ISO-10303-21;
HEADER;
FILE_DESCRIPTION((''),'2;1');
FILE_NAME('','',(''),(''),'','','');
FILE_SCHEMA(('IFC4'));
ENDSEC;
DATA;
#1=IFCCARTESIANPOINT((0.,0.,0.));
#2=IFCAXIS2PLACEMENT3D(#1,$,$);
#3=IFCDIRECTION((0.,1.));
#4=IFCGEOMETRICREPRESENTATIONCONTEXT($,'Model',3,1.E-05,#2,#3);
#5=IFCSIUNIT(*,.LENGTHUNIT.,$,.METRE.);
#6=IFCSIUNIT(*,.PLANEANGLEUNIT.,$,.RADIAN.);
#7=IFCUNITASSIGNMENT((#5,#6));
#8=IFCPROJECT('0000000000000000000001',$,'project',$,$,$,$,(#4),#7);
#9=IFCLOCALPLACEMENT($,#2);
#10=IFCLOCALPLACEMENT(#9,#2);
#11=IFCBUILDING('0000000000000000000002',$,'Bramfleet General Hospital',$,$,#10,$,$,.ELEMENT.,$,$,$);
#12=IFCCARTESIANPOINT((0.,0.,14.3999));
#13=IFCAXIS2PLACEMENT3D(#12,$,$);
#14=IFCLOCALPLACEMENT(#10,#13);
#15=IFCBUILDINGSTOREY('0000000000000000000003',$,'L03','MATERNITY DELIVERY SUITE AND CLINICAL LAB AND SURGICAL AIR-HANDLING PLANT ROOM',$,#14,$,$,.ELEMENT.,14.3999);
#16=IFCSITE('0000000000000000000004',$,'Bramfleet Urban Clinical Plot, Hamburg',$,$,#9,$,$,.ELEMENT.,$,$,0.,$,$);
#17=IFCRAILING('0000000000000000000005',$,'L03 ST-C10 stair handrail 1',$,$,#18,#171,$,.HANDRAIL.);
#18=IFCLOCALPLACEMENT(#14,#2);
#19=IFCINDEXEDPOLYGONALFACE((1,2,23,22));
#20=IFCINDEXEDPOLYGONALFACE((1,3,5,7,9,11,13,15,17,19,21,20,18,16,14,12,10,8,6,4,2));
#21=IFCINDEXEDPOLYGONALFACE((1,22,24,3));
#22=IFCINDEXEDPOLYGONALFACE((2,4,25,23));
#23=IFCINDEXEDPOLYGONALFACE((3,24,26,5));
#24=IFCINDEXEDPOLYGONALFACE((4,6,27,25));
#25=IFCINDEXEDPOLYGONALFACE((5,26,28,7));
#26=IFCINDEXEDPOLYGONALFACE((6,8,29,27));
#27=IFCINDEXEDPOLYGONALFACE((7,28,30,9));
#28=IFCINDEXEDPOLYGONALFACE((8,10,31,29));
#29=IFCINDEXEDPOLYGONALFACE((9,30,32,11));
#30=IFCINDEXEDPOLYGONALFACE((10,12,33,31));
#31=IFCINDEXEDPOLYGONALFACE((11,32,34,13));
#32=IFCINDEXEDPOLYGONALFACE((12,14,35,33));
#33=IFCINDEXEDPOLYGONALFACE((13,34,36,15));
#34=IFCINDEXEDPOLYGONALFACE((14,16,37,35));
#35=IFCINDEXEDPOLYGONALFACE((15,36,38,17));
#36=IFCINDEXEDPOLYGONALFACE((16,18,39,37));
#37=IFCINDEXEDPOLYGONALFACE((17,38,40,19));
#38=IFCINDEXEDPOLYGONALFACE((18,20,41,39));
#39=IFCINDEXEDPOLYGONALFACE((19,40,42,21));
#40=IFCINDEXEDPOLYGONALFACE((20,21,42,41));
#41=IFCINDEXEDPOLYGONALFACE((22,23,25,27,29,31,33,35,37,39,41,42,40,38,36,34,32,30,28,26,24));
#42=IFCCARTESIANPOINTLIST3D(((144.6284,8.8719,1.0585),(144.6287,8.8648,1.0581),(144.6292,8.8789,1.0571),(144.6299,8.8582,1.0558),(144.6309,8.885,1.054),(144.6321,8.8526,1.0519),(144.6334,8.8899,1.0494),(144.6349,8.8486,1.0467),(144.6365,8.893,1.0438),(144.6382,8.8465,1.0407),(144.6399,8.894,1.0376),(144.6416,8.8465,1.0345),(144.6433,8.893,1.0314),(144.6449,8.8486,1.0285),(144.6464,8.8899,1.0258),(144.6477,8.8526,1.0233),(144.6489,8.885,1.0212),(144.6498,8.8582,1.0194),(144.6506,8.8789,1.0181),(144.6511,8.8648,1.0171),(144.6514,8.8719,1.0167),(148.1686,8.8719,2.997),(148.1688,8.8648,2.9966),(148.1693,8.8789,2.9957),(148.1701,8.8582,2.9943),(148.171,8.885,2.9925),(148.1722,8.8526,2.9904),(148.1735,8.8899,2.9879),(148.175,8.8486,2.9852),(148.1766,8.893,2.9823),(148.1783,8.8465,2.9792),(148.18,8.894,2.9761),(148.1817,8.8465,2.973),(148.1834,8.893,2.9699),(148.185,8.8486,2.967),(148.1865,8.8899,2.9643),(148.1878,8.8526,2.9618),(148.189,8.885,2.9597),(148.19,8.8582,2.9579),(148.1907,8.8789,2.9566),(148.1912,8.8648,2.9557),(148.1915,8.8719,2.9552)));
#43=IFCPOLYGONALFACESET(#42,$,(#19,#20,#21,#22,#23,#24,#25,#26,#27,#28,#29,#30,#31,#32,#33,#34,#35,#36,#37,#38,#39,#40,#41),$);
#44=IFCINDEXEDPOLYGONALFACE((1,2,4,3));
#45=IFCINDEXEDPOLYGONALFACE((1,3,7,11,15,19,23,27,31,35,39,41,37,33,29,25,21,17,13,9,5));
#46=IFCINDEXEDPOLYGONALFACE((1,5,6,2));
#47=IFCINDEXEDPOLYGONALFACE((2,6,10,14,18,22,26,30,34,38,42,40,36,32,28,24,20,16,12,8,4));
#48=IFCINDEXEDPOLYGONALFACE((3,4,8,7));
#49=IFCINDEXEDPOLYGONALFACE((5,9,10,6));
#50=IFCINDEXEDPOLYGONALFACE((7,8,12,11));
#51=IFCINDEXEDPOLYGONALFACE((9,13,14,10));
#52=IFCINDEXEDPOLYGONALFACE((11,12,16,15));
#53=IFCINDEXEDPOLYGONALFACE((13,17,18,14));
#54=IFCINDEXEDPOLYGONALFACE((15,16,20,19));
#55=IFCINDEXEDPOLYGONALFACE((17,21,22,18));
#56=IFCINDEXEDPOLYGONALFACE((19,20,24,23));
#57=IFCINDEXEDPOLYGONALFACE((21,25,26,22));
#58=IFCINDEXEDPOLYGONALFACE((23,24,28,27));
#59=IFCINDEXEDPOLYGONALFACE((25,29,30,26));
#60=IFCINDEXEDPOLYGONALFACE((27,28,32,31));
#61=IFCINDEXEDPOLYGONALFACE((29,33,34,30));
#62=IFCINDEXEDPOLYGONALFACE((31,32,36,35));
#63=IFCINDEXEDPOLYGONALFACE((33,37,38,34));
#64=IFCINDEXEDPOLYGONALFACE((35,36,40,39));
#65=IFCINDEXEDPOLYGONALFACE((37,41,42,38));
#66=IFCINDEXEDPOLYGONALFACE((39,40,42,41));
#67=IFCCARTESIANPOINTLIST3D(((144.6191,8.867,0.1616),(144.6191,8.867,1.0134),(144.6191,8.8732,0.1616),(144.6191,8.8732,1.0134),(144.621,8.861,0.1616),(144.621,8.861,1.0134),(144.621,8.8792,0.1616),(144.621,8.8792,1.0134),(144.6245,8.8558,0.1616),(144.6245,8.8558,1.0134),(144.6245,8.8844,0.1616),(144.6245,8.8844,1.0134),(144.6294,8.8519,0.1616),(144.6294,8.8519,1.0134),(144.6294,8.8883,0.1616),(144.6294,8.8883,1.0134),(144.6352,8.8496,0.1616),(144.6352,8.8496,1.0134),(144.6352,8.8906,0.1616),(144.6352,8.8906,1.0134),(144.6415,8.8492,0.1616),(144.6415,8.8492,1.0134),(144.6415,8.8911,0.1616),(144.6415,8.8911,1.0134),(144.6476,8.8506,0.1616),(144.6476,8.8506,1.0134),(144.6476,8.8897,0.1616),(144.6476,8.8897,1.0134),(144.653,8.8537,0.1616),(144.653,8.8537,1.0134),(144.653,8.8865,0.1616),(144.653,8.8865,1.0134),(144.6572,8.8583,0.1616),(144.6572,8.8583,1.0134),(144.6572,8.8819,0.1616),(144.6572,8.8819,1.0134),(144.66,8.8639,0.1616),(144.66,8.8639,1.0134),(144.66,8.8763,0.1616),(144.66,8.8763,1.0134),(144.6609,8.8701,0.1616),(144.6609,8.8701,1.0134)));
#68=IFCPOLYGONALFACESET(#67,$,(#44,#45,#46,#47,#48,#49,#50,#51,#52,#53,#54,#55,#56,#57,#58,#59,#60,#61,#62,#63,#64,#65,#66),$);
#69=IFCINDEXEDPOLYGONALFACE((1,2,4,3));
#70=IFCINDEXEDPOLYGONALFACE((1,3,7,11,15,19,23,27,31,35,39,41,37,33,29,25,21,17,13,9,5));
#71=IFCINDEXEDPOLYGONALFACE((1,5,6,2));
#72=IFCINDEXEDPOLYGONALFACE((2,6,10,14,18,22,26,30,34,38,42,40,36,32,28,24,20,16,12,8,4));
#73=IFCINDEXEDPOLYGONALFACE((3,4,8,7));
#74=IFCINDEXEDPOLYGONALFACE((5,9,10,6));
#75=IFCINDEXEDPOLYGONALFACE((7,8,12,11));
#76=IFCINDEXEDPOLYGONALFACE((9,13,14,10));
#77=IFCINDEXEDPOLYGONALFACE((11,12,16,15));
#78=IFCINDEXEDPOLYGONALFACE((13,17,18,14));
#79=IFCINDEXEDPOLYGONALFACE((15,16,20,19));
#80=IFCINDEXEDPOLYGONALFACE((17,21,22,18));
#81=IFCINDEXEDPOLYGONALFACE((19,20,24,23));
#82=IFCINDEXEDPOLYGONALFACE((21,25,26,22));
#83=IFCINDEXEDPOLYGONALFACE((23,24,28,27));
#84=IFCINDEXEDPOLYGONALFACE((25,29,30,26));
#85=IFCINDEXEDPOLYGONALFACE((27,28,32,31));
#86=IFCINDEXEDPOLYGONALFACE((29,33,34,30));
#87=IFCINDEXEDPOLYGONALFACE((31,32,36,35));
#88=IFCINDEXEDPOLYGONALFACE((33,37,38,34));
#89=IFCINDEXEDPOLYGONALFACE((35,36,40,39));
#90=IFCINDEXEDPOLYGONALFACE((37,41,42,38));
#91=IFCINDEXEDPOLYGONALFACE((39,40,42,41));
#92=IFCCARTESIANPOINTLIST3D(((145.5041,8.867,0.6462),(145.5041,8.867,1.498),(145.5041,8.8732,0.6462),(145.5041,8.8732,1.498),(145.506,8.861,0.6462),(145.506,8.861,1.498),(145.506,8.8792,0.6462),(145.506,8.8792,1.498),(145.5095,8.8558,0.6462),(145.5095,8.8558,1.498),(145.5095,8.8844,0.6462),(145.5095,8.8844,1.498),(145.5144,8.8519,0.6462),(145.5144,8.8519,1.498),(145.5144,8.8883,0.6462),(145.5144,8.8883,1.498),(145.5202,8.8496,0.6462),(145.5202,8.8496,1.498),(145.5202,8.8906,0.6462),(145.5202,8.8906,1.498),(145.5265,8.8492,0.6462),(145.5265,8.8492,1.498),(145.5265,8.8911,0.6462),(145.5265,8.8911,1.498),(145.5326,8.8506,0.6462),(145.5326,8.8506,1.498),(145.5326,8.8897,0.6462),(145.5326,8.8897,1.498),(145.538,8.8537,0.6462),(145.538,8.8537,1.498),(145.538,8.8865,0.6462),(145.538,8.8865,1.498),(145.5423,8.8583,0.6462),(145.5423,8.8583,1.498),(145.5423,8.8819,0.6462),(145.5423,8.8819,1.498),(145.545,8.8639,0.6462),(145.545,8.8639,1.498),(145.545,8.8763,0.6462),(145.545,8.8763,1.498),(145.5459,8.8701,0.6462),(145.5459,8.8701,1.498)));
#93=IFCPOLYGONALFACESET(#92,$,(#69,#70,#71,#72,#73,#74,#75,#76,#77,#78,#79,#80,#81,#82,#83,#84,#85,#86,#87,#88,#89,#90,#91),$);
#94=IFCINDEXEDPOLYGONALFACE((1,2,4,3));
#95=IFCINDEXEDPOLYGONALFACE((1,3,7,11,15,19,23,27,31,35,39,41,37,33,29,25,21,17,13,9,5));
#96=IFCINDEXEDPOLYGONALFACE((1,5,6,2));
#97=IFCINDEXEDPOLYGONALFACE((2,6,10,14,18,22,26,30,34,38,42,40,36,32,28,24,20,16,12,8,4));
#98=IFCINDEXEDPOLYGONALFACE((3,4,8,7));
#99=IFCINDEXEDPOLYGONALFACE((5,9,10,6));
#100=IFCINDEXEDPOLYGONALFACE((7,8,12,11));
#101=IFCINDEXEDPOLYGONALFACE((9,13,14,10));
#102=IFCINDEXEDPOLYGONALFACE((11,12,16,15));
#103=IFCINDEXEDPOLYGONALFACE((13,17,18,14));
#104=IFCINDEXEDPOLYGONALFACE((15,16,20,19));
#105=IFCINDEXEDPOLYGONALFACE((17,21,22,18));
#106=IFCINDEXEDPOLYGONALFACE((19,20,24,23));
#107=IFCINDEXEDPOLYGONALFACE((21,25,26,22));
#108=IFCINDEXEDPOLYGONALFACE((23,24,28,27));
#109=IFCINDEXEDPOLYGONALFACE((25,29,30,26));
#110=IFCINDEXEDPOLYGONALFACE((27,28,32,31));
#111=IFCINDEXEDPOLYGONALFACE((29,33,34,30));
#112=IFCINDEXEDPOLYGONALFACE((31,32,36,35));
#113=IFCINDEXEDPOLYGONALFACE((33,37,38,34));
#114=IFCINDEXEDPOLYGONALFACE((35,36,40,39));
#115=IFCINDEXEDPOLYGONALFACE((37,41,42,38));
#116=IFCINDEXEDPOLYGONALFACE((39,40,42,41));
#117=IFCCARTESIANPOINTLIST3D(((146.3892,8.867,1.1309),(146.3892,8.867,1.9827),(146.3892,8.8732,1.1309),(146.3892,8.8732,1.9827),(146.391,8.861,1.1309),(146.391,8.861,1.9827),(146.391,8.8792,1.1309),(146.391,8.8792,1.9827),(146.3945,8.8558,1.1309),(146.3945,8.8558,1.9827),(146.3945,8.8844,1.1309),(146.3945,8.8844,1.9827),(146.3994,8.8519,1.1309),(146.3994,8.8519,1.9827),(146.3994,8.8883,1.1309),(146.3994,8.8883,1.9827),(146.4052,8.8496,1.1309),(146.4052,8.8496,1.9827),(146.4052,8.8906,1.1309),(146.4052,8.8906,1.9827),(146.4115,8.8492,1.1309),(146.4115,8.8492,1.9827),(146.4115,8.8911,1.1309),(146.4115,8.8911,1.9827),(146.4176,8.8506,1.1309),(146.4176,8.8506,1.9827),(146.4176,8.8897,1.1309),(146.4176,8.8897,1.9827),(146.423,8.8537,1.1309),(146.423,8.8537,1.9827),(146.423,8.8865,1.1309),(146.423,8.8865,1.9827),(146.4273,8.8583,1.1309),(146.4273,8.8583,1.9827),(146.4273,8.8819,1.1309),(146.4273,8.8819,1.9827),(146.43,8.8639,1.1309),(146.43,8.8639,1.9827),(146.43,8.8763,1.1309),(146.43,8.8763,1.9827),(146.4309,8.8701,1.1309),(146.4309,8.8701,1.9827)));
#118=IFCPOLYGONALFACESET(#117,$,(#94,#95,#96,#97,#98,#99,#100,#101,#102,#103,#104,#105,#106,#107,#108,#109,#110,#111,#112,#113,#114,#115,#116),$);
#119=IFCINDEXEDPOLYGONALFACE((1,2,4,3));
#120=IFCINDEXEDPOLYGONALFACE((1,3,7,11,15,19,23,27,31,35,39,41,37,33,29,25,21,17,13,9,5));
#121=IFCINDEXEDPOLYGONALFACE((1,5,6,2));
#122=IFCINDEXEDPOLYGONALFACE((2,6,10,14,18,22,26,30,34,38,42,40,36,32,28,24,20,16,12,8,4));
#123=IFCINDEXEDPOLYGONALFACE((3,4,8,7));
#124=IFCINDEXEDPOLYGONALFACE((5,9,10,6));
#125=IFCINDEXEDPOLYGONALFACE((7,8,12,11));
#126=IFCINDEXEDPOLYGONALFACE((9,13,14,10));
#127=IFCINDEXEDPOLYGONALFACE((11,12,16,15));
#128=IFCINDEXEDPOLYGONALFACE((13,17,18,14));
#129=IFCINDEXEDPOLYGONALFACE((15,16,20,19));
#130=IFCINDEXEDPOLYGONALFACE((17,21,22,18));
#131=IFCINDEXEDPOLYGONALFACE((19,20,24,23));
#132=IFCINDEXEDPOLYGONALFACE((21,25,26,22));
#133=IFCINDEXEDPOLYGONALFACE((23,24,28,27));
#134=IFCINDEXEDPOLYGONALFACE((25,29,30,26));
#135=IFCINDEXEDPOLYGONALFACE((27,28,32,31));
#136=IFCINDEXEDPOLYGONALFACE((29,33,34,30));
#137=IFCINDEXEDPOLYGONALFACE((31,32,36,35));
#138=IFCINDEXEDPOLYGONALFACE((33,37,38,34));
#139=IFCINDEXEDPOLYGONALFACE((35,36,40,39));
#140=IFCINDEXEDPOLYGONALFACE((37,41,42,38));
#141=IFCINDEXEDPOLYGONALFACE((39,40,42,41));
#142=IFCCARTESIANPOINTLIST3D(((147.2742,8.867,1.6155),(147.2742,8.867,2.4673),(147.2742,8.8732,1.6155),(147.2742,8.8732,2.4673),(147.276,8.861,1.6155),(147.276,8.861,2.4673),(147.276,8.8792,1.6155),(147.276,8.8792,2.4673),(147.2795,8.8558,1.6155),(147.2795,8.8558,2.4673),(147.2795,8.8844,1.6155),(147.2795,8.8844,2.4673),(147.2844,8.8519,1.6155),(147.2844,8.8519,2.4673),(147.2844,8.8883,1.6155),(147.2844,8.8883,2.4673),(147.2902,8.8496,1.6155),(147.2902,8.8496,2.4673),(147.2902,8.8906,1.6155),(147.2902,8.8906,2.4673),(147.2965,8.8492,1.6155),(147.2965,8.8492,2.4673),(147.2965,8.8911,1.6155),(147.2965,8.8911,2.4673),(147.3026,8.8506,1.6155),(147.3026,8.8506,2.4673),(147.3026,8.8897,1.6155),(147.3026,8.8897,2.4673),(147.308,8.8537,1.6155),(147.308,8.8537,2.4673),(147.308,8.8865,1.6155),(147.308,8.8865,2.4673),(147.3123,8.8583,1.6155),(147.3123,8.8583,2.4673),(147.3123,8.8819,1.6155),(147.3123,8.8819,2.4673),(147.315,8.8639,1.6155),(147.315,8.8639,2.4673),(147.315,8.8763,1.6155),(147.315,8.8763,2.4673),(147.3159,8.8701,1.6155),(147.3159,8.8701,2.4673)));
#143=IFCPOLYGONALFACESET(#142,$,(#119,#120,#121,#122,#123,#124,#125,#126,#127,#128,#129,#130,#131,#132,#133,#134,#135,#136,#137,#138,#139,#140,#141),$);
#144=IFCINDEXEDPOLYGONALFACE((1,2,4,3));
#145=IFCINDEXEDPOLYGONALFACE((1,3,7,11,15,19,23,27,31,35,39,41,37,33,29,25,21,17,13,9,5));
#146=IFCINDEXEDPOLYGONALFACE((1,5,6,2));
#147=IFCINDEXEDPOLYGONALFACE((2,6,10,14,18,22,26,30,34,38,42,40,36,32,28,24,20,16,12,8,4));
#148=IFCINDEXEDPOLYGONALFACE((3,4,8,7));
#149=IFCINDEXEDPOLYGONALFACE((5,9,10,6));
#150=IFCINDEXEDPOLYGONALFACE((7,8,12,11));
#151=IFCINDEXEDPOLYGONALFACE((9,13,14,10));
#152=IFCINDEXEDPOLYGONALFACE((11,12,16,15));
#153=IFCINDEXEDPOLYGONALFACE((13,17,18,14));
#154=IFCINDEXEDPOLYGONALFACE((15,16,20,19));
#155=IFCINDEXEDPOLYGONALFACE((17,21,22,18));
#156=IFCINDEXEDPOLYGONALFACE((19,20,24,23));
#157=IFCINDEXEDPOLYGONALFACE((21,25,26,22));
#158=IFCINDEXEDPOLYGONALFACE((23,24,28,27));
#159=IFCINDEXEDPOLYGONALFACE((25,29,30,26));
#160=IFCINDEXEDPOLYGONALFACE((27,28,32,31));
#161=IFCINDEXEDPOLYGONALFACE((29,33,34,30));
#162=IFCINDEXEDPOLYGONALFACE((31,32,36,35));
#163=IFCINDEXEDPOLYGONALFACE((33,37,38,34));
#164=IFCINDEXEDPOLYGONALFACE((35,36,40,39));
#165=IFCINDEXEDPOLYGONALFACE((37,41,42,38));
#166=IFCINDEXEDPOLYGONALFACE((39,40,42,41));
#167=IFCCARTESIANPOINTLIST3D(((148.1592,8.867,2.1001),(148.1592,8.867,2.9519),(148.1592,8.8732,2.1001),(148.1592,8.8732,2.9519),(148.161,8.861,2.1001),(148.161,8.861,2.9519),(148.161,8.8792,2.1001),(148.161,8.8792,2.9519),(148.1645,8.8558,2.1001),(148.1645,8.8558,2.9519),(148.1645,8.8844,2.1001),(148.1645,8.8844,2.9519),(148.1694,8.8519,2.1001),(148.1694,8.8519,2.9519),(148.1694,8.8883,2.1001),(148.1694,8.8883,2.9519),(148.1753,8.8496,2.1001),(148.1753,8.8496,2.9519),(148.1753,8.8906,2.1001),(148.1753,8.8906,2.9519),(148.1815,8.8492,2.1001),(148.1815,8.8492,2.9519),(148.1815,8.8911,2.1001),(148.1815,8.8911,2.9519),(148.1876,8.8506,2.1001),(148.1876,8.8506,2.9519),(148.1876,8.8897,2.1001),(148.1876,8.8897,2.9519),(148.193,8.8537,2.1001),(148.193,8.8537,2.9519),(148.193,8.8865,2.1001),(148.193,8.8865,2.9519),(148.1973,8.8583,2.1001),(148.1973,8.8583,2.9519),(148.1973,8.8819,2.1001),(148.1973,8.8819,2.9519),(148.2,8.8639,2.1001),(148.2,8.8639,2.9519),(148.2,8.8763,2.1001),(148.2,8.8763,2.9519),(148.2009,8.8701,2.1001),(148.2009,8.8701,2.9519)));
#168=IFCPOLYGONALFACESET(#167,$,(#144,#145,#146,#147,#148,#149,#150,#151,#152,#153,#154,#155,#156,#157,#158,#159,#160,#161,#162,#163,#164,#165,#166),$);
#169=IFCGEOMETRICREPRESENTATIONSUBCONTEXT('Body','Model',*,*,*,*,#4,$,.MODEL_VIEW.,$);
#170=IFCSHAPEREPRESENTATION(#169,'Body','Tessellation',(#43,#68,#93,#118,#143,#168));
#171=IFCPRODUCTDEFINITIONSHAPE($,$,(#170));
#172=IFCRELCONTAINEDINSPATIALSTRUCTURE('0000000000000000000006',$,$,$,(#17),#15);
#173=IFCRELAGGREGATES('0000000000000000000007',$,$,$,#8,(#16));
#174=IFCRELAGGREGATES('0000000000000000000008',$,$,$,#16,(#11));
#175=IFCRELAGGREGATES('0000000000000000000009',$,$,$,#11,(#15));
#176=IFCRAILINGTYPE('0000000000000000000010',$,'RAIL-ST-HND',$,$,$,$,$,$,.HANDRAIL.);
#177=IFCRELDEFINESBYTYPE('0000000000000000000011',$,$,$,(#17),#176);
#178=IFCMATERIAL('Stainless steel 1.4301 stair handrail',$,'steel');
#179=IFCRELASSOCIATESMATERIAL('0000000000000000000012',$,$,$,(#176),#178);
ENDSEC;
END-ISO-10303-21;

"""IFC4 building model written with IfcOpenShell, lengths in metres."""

from ifc_helpers import new_model, si_unit, direction, frame, origin, origin_2d, place, context, subcontext, project, spatial, circle, extrude, material, type_object, element, save


model = new_model("IFC4")

# Units and contexts
model_context = context("Model", 3, precision=1e-05, world=origin(), true_north=direction((0.0, 1.0)))
body_context = subcontext(model_context, "Body", "Model", "MODEL_VIEW")
ifc_project = project(units=[si_unit("LENGTHUNIT", "METRE"), si_unit("PLANEANGLEUNIT", "RADIAN")], contexts=[model_context])

# Site, building, storey
site_placement = place(None, origin())
site = spatial("IfcSite", under=ifc_project, at=site_placement, Name="Bramfleet Urban Clinical Plot, Hamburg", CompositionType="ELEMENT", RefElevation=0.0)
building_placement = place(site_placement, origin())
building = spatial("IfcBuilding", under=site, at=building_placement, Name="Bramfleet General Hospital", CompositionType="ELEMENT")
storey_placement = place(building_placement, frame((0.0, 0.0, 14.3999)))
storey = spatial("IfcBuildingStorey", under=building, at=storey_placement, Name="L03", Description="MATERNITY DELIVERY SUITE AND CLINICAL LAB AND SURGICAL AIR-HANDLING PLANT ROOM", CompositionType="ELEMENT", Elevation=14.3999)

# Railing
ifc_material_1 = material(Name="Stainless steel 1.4301 stair handrail", Category="steel")
railing_type_1 = type_object("IfcRailingType", Name="RAIL-ST-HND", PredefinedType="HANDRAIL", material=ifc_material_1)
railing_1_placement = place(storey_placement, frame((144.6399, 8.8701, 0.1616)))
element("IfcRailing", 1, at=railing_1_placement, inside=storey, type_object=railing_type_1, Name="L03 ST-C10 stair handrail 1", PredefinedType="HANDRAIL", context=body_context, shape_type="SweptSolid", body=[
    extrude(circle(Radius=0.0239, at=origin_2d()), frame((0.0, 0.0, 0.876), z_axis=(0.877108, 0.0, 0.480292), x_axis=(0.0, 1.0, 0.0)), (0.0, 0.0, 1.0), 4.0361),
    extrude(circle(Radius=0.021, at=origin_2d()), origin(), (0.0, 0.0, 1.0), 0.8518),
    extrude(circle(Radius=0.021, at=origin_2d()), frame((0.885, 0.0, 0.4846)), (0.0, 0.0, 1.0), 0.8518),
    extrude(circle(Radius=0.021, at=origin_2d()), frame((1.77, 0.0, 0.9692)), (0.0, 0.0, 1.0), 0.8518),
    extrude(circle(Radius=0.021, at=origin_2d()), frame((2.655, 0.0, 1.4539)), (0.0, 0.0, 1.0), 0.8518),
    extrude(circle(Radius=0.021, at=origin_2d()), frame((3.54, 0.0, 1.9385)), (0.0, 0.0, 1.0), 0.8518),
])

save(model, "model.ifc")
